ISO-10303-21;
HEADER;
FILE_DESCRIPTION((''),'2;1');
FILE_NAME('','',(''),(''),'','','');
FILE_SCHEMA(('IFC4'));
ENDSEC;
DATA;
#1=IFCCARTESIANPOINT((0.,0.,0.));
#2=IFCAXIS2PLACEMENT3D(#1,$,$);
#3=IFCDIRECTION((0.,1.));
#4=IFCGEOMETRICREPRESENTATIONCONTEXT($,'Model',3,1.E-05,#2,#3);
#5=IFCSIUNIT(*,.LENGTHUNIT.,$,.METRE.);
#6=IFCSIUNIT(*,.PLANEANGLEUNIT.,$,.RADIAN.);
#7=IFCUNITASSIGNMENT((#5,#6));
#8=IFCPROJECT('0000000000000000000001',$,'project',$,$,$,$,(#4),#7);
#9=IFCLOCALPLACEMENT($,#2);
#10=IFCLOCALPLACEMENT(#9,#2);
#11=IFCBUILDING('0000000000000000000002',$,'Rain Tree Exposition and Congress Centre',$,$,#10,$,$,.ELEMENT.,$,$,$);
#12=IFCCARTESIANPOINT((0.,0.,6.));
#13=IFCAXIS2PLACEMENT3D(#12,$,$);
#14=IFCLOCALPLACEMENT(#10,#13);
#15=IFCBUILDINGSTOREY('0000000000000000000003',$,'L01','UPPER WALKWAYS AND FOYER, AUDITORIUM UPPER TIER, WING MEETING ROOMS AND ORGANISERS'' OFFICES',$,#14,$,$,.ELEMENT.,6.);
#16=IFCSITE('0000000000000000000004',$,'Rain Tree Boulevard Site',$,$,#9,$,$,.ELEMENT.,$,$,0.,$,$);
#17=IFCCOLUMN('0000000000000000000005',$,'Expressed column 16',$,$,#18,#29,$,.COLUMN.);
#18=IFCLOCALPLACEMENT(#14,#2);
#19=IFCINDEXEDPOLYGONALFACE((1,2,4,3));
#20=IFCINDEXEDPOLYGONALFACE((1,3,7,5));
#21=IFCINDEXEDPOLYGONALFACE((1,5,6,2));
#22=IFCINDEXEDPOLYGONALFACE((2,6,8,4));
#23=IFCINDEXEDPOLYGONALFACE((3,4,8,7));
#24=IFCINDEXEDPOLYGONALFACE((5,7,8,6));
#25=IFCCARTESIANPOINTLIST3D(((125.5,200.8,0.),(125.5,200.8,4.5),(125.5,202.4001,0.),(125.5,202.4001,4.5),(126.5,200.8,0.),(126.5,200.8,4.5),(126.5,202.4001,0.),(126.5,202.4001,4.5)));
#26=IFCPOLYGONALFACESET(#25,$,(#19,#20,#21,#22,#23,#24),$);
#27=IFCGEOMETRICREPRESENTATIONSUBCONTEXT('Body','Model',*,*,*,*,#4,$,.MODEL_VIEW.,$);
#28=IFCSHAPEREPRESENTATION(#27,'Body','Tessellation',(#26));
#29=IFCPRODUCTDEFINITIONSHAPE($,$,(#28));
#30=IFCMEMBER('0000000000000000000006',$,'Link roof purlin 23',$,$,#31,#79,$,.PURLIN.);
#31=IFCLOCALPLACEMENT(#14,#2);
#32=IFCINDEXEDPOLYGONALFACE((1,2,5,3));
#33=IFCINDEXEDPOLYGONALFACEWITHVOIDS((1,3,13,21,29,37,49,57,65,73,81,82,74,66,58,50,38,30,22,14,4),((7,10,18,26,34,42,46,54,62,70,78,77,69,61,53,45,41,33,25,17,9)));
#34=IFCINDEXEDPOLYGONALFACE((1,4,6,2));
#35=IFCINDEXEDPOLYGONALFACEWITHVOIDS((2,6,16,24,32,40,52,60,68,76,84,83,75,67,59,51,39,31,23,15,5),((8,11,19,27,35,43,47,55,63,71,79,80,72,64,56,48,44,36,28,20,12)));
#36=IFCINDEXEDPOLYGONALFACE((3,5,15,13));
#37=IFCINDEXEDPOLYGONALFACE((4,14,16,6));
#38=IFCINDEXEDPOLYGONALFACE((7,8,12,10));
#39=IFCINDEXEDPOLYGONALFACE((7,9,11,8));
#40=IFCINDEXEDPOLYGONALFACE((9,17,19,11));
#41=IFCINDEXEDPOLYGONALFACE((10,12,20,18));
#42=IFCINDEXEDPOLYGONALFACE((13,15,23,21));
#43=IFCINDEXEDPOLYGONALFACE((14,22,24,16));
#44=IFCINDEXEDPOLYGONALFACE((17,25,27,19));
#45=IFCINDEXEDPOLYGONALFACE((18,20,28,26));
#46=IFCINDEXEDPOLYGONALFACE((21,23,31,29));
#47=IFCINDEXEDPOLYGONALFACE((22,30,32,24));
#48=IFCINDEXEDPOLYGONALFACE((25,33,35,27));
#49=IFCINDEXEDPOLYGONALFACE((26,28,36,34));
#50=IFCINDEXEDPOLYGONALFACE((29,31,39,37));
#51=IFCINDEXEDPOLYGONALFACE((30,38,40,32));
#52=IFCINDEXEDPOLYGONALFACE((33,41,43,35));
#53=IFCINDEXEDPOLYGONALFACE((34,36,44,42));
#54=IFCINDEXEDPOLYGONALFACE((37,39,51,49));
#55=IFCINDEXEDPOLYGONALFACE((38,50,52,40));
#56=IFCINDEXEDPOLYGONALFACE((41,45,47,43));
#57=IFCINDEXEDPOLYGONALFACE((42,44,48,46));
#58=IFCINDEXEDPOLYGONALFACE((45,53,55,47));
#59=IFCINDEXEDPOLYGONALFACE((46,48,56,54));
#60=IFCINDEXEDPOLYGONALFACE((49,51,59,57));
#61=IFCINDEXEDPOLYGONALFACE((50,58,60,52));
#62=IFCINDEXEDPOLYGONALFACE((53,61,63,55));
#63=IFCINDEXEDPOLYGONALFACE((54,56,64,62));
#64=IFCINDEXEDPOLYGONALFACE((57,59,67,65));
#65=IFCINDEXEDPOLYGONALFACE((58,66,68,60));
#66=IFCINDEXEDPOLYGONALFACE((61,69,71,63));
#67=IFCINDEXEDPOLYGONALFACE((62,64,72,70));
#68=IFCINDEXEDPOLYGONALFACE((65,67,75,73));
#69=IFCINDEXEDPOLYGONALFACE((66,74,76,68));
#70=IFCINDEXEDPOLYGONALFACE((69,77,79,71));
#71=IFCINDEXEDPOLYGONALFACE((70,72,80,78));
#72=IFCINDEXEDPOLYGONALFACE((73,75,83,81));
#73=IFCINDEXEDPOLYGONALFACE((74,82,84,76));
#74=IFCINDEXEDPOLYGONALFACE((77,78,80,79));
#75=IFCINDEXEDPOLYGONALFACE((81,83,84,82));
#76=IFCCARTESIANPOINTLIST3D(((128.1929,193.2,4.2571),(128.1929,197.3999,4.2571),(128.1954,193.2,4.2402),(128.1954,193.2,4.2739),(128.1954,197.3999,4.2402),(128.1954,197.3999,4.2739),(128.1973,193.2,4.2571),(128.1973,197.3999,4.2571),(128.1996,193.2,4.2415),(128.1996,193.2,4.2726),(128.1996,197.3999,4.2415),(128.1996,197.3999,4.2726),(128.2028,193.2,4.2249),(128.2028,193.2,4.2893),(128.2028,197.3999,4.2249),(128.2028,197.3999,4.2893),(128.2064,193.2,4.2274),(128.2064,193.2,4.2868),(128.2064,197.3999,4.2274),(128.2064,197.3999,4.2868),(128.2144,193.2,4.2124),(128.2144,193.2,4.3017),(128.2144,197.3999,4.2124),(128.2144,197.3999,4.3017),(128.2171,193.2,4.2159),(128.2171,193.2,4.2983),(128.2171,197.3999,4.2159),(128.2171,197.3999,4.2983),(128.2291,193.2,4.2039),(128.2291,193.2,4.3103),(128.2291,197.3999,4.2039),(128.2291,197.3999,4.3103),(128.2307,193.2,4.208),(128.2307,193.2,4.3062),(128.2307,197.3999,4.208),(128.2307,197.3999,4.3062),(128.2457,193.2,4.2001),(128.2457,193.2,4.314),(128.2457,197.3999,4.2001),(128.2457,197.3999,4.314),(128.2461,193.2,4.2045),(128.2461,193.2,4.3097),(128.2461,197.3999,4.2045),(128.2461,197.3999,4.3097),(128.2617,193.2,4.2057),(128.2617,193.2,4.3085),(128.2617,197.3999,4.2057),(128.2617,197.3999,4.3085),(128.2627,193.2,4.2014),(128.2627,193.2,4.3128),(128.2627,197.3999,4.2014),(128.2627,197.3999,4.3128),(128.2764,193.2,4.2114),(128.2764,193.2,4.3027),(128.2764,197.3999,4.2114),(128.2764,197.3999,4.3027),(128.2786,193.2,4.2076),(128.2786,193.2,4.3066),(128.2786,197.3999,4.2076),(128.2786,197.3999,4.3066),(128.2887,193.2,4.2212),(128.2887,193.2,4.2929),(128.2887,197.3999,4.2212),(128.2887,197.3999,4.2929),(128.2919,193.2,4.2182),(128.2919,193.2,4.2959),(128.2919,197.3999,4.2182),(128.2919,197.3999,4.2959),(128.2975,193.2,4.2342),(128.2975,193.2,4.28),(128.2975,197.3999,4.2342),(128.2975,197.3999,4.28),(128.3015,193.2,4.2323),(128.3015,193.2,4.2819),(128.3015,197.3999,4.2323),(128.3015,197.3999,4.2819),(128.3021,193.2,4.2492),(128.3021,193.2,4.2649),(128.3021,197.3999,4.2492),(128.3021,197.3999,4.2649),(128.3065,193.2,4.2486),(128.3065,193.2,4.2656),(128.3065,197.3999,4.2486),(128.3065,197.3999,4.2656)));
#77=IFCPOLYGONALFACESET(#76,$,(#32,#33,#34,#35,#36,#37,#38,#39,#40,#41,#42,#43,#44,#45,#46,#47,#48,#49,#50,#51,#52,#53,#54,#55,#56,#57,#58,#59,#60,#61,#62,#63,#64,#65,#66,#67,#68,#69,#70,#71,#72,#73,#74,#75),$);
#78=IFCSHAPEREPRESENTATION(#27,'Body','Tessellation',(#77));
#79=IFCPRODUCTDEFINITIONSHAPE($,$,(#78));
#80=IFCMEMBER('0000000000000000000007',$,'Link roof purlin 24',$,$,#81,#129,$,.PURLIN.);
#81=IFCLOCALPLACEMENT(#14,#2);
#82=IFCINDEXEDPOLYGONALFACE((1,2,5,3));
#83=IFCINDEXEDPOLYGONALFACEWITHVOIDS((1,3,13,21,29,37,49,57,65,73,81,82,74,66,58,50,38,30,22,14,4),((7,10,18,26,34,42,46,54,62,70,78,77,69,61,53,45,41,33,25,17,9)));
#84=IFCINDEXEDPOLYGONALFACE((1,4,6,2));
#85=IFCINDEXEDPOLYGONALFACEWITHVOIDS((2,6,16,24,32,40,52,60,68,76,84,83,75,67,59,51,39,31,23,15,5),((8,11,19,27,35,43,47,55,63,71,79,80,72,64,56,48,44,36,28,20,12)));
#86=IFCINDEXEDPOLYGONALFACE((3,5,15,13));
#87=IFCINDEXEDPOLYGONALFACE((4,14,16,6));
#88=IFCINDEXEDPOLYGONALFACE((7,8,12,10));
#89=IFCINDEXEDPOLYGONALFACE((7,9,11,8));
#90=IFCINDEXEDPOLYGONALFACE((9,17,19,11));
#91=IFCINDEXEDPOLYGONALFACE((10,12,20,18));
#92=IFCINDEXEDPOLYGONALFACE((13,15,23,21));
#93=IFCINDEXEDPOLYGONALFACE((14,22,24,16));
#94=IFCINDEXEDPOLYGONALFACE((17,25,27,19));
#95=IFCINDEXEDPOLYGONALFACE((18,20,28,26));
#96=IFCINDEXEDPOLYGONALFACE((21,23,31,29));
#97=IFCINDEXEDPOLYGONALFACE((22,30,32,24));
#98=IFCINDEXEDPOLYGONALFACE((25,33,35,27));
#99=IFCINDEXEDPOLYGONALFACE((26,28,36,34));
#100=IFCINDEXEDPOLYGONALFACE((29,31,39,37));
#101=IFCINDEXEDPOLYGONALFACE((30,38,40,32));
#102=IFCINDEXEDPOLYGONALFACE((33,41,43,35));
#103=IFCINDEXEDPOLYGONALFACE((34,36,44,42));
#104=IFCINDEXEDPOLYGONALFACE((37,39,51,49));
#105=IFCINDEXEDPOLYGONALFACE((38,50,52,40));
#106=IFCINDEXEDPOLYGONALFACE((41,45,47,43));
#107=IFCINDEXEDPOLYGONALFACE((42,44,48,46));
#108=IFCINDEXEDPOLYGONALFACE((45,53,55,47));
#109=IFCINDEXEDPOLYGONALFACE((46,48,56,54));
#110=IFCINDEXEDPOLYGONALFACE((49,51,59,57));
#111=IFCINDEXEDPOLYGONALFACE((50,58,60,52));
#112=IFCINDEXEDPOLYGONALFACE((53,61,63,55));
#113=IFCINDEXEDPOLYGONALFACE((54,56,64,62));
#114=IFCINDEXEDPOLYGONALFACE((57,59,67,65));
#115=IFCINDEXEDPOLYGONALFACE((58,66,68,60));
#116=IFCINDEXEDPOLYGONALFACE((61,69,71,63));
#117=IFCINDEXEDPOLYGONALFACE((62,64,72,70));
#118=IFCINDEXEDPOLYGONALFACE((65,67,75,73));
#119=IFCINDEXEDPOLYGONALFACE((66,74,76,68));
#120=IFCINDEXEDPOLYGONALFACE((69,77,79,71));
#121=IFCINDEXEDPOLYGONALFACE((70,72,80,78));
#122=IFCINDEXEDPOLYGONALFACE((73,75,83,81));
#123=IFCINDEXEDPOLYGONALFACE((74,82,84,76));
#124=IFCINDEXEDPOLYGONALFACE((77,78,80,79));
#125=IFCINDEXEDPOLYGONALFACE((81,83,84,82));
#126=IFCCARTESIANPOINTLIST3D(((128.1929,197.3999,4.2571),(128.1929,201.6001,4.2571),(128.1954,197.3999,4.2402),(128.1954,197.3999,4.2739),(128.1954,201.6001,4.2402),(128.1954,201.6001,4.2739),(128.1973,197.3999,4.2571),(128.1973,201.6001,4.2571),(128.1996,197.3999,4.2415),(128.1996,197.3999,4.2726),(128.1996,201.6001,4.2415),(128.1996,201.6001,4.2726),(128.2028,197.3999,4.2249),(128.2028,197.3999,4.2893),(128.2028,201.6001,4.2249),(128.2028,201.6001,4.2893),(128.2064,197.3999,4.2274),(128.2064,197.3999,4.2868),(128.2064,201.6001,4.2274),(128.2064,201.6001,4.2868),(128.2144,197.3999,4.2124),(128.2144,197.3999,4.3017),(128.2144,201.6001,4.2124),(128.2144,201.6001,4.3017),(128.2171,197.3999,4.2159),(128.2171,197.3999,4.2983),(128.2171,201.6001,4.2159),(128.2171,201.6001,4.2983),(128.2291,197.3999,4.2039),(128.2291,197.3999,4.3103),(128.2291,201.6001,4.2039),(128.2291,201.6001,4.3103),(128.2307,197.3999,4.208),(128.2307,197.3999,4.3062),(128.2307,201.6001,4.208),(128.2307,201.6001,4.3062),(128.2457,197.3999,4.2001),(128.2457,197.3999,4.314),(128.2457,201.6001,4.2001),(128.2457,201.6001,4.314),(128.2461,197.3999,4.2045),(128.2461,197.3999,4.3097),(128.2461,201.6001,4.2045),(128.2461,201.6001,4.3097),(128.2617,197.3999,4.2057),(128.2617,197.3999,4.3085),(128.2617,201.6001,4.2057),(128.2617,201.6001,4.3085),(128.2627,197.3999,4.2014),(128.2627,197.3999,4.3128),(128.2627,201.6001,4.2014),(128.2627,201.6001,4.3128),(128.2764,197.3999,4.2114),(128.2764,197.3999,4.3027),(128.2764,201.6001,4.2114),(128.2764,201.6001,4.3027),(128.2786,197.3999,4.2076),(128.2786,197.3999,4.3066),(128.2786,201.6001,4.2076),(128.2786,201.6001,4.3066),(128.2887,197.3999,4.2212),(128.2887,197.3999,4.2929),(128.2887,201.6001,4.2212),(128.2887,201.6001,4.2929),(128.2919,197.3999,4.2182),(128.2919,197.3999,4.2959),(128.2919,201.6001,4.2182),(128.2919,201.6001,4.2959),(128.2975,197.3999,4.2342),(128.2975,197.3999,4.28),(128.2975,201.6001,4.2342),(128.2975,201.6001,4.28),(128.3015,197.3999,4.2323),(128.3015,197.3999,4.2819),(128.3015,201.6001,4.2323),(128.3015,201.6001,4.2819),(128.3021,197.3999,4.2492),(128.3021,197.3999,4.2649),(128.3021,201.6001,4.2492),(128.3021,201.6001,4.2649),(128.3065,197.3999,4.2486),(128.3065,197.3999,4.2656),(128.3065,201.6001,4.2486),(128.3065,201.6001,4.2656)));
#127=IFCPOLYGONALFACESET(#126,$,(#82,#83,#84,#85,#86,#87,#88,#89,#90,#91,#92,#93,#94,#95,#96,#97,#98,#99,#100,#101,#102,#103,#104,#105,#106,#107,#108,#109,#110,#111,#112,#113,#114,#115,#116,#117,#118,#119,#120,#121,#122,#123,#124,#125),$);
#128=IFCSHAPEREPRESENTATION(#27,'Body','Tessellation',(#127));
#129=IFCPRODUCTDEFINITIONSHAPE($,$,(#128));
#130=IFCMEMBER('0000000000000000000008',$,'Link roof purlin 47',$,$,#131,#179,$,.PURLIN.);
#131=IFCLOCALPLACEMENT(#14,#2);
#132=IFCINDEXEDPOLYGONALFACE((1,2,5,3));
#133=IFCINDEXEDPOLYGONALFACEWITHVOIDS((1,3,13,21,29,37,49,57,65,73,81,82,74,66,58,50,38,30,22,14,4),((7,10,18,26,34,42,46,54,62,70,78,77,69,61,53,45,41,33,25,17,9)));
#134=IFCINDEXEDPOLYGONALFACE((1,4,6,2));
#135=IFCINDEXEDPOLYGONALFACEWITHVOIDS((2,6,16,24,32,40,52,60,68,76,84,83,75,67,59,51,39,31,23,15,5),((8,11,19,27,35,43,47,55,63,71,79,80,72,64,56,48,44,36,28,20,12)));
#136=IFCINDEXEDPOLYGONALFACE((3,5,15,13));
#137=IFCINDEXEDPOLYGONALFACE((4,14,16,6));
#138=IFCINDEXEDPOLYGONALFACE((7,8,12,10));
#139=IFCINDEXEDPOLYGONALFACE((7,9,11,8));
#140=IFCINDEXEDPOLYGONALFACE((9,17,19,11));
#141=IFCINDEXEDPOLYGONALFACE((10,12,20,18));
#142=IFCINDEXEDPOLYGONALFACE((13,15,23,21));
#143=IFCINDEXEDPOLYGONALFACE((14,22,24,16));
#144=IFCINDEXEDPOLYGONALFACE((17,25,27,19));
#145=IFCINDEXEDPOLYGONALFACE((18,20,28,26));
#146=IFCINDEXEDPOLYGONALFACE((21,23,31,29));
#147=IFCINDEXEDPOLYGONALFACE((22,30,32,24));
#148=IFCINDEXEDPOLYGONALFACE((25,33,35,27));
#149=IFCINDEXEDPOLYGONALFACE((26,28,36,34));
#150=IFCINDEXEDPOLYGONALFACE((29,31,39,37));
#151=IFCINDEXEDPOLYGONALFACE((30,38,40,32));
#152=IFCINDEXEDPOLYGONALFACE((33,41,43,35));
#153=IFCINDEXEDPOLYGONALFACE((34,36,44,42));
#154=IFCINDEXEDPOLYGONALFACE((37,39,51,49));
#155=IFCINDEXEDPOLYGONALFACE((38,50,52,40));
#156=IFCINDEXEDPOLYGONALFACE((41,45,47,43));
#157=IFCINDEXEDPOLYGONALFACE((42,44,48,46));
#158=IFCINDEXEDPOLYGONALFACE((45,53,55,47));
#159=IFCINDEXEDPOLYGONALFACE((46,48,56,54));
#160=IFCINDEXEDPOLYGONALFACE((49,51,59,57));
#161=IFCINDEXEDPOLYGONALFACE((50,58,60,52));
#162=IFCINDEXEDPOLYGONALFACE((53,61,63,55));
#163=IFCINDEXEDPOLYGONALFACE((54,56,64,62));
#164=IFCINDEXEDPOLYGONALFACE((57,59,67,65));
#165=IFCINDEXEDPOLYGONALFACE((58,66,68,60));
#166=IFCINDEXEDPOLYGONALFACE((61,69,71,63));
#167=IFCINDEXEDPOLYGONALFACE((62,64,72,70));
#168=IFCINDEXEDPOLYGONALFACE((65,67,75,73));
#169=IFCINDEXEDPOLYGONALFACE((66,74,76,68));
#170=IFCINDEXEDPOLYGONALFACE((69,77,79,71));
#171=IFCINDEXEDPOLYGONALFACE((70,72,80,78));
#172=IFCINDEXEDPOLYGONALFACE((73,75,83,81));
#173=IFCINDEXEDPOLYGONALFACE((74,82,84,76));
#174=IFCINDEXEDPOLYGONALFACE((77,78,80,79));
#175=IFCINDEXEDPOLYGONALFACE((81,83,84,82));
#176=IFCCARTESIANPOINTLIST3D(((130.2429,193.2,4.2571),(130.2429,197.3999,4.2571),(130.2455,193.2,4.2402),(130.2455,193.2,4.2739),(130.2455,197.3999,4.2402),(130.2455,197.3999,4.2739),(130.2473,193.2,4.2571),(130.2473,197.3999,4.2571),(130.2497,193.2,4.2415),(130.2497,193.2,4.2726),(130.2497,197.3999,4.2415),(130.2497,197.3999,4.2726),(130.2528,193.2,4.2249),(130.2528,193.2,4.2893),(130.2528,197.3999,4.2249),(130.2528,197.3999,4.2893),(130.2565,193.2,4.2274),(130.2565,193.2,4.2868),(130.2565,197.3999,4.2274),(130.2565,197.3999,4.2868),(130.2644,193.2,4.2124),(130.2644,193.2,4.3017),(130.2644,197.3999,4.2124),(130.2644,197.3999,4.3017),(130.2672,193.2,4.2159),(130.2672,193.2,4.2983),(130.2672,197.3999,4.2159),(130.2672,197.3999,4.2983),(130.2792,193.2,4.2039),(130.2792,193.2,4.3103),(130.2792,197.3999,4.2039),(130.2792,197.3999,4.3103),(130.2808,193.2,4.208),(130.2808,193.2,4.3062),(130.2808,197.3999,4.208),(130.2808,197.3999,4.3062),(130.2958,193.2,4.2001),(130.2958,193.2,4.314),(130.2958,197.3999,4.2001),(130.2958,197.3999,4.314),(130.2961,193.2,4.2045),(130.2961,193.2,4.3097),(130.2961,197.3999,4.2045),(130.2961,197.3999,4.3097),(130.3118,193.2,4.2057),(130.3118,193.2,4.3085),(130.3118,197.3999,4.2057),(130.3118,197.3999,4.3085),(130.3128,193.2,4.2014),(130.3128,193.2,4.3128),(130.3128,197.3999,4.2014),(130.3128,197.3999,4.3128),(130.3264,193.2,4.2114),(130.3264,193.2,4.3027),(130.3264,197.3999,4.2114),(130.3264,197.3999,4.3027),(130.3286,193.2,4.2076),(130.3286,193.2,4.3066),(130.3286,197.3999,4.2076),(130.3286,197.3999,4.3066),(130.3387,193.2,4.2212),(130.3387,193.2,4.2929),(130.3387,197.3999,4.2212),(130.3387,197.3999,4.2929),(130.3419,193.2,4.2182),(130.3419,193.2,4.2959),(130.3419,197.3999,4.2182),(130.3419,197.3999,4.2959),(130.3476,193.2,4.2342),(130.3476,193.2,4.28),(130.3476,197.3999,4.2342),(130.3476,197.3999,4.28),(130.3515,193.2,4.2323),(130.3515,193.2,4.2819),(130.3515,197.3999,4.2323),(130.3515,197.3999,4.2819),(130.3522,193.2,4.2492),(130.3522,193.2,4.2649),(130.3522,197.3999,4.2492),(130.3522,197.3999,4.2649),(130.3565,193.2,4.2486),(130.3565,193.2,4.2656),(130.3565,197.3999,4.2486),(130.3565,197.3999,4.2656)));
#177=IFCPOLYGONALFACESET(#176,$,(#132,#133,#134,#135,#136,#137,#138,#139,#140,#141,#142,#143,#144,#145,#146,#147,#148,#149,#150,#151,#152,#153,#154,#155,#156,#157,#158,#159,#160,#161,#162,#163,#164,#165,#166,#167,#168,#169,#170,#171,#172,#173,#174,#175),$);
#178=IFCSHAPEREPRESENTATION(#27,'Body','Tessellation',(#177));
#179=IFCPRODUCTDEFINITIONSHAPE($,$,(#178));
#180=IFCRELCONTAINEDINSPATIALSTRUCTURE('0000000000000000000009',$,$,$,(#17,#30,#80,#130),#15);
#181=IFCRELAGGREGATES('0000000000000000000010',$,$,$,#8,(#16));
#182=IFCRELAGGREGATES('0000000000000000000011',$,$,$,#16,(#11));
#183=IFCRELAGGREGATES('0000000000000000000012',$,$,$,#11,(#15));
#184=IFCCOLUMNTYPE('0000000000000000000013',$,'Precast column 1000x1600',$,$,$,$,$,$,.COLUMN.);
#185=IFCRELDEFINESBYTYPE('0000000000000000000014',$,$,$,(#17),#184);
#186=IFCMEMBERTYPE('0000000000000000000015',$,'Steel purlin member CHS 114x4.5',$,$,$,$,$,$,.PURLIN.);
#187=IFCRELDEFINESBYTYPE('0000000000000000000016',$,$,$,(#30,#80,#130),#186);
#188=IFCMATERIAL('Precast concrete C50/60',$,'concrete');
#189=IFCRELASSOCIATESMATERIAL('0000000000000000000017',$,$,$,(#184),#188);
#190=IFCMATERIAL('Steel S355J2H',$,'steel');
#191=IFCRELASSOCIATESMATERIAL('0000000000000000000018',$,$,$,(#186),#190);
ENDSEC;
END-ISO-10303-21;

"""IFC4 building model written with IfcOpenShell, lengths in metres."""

from ifc_helpers import new_model, si_unit, direction, frame, origin, origin_2d, place, context, subcontext, project, spatial, rectangle, hollow_circle, extrude, material, material_profile, profile_set, type_object, element, save


model = new_model("IFC4")

# Units and contexts
model_context = context("Model", 3, precision=1e-05, world=origin(), true_north=direction((0.0, 1.0)))
body_context = subcontext(model_context, "Body", "Model", "MODEL_VIEW")
ifc_project = project(units=[si_unit("LENGTHUNIT", "METRE"), si_unit("PLANEANGLEUNIT", "RADIAN")], contexts=[model_context])

# Site, building, storey
site_placement = place(None, origin())
site = spatial("IfcSite", under=ifc_project, at=site_placement, Name="Rain Tree Boulevard Site", CompositionType="ELEMENT", RefElevation=0.0)
building_placement = place(site_placement, origin())
building = spatial("IfcBuilding", under=site, at=building_placement, Name="Rain Tree Exposition and Congress Centre", CompositionType="ELEMENT")
storey_placement = place(building_placement, frame((0.0, 0.0, 6.0)))
storey = spatial("IfcBuildingStorey", under=building, at=storey_placement, Name="L01", Description="UPPER WALKWAYS AND FOYER, AUDITORIUM UPPER TIER, WING MEETING ROOMS AND ORGANISERS' OFFICES", CompositionType="ELEMENT", Elevation=6.0)

# Column
ifc_material_1 = material(Name="Precast concrete C50/60", Category="concrete")
ifc_material_profile_1 = material_profile(ifc_material_1, rectangle(XDim=1.0, YDim=1.6001, at=origin_2d()), Name="RC 1000x1600")
ifc_profile_set_1 = profile_set([ifc_material_profile_1], Name="Precast concrete C50/60")
column_type = type_object("IfcColumnType", Name="Precast column 1000x1600", PredefinedType="COLUMN", material=ifc_profile_set_1)
column_placement = place(storey_placement, frame((126.0, 201.6001, 0.0), z_axis=(0.0, 0.0, 1.0), x_axis=(1.0, 0.0, 0.0)))
element("IfcColumn", 1, at=column_placement, inside=storey, type_object=column_type, Name="Expressed column 16", PredefinedType="COLUMN", context=body_context, shape_type="SweptSolid", body=[
    extrude(rectangle(XDim=1.0, YDim=1.6001, at=origin_2d()), origin(), (0.0, 0.0, 1.0), 4.5),
])

# Members
ifc_material_2 = material(Name="Steel S355J2H", Category="steel")
ifc_material_profile_2 = material_profile(ifc_material_2, hollow_circle(Radius=0.0571, WallThickness=0.0044, at=origin_2d()), Name="CHS 114x4.5")
ifc_profile_set_2 = profile_set([ifc_material_profile_2], Name="Steel S355J2H")
member_type = type_object("IfcMemberType", Name="Steel purlin member CHS 114x4.5", PredefinedType="PURLIN", material=ifc_profile_set_2)
member_1_placement = place(storey_placement, frame((128.25, 193.2, 4.2571), z_axis=(0.0, 1.0, 0.0), x_axis=(-1.0, 0.0, 0.0)))
element("IfcMember", 2, at=member_1_placement, inside=storey, type_object=member_type, Name="Link roof purlin 23", PredefinedType="PURLIN", context=body_context, shape_type="SweptSolid", body=[
    extrude(hollow_circle(Radius=0.0571, WallThickness=0.0044, at=origin_2d()), origin(), (0.0, 0.0, 1.0), 4.2),
])
member_2_placement = place(storey_placement, frame((128.25, 197.3999, 4.2571), z_axis=(0.0, 1.0, 0.0), x_axis=(-1.0, 0.0, 0.0)))
element("IfcMember", 3, at=member_2_placement, inside=storey, type_object=member_type, Name="Link roof purlin 24", PredefinedType="PURLIN", context=body_context, shape_type="SweptSolid", body=[
    extrude(hollow_circle(Radius=0.0571, WallThickness=0.0044, at=origin_2d()), origin(), (0.0, 0.0, 1.0), 4.2002),
])
member_3_placement = place(storey_placement, frame((130.3, 193.2, 4.2571), z_axis=(0.0, 1.0, 0.0), x_axis=(-1.0, 0.0, 0.0)))
element("IfcMember", 4, at=member_3_placement, inside=storey, type_object=member_type, Name="Link roof purlin 47", PredefinedType="PURLIN", context=body_context, shape_type="SweptSolid", body=[
    extrude(hollow_circle(Radius=0.0571, WallThickness=0.0044, at=origin_2d()), origin(), (0.0, 0.0, 1.0), 4.2),
])

save(model, "model.ifc")
